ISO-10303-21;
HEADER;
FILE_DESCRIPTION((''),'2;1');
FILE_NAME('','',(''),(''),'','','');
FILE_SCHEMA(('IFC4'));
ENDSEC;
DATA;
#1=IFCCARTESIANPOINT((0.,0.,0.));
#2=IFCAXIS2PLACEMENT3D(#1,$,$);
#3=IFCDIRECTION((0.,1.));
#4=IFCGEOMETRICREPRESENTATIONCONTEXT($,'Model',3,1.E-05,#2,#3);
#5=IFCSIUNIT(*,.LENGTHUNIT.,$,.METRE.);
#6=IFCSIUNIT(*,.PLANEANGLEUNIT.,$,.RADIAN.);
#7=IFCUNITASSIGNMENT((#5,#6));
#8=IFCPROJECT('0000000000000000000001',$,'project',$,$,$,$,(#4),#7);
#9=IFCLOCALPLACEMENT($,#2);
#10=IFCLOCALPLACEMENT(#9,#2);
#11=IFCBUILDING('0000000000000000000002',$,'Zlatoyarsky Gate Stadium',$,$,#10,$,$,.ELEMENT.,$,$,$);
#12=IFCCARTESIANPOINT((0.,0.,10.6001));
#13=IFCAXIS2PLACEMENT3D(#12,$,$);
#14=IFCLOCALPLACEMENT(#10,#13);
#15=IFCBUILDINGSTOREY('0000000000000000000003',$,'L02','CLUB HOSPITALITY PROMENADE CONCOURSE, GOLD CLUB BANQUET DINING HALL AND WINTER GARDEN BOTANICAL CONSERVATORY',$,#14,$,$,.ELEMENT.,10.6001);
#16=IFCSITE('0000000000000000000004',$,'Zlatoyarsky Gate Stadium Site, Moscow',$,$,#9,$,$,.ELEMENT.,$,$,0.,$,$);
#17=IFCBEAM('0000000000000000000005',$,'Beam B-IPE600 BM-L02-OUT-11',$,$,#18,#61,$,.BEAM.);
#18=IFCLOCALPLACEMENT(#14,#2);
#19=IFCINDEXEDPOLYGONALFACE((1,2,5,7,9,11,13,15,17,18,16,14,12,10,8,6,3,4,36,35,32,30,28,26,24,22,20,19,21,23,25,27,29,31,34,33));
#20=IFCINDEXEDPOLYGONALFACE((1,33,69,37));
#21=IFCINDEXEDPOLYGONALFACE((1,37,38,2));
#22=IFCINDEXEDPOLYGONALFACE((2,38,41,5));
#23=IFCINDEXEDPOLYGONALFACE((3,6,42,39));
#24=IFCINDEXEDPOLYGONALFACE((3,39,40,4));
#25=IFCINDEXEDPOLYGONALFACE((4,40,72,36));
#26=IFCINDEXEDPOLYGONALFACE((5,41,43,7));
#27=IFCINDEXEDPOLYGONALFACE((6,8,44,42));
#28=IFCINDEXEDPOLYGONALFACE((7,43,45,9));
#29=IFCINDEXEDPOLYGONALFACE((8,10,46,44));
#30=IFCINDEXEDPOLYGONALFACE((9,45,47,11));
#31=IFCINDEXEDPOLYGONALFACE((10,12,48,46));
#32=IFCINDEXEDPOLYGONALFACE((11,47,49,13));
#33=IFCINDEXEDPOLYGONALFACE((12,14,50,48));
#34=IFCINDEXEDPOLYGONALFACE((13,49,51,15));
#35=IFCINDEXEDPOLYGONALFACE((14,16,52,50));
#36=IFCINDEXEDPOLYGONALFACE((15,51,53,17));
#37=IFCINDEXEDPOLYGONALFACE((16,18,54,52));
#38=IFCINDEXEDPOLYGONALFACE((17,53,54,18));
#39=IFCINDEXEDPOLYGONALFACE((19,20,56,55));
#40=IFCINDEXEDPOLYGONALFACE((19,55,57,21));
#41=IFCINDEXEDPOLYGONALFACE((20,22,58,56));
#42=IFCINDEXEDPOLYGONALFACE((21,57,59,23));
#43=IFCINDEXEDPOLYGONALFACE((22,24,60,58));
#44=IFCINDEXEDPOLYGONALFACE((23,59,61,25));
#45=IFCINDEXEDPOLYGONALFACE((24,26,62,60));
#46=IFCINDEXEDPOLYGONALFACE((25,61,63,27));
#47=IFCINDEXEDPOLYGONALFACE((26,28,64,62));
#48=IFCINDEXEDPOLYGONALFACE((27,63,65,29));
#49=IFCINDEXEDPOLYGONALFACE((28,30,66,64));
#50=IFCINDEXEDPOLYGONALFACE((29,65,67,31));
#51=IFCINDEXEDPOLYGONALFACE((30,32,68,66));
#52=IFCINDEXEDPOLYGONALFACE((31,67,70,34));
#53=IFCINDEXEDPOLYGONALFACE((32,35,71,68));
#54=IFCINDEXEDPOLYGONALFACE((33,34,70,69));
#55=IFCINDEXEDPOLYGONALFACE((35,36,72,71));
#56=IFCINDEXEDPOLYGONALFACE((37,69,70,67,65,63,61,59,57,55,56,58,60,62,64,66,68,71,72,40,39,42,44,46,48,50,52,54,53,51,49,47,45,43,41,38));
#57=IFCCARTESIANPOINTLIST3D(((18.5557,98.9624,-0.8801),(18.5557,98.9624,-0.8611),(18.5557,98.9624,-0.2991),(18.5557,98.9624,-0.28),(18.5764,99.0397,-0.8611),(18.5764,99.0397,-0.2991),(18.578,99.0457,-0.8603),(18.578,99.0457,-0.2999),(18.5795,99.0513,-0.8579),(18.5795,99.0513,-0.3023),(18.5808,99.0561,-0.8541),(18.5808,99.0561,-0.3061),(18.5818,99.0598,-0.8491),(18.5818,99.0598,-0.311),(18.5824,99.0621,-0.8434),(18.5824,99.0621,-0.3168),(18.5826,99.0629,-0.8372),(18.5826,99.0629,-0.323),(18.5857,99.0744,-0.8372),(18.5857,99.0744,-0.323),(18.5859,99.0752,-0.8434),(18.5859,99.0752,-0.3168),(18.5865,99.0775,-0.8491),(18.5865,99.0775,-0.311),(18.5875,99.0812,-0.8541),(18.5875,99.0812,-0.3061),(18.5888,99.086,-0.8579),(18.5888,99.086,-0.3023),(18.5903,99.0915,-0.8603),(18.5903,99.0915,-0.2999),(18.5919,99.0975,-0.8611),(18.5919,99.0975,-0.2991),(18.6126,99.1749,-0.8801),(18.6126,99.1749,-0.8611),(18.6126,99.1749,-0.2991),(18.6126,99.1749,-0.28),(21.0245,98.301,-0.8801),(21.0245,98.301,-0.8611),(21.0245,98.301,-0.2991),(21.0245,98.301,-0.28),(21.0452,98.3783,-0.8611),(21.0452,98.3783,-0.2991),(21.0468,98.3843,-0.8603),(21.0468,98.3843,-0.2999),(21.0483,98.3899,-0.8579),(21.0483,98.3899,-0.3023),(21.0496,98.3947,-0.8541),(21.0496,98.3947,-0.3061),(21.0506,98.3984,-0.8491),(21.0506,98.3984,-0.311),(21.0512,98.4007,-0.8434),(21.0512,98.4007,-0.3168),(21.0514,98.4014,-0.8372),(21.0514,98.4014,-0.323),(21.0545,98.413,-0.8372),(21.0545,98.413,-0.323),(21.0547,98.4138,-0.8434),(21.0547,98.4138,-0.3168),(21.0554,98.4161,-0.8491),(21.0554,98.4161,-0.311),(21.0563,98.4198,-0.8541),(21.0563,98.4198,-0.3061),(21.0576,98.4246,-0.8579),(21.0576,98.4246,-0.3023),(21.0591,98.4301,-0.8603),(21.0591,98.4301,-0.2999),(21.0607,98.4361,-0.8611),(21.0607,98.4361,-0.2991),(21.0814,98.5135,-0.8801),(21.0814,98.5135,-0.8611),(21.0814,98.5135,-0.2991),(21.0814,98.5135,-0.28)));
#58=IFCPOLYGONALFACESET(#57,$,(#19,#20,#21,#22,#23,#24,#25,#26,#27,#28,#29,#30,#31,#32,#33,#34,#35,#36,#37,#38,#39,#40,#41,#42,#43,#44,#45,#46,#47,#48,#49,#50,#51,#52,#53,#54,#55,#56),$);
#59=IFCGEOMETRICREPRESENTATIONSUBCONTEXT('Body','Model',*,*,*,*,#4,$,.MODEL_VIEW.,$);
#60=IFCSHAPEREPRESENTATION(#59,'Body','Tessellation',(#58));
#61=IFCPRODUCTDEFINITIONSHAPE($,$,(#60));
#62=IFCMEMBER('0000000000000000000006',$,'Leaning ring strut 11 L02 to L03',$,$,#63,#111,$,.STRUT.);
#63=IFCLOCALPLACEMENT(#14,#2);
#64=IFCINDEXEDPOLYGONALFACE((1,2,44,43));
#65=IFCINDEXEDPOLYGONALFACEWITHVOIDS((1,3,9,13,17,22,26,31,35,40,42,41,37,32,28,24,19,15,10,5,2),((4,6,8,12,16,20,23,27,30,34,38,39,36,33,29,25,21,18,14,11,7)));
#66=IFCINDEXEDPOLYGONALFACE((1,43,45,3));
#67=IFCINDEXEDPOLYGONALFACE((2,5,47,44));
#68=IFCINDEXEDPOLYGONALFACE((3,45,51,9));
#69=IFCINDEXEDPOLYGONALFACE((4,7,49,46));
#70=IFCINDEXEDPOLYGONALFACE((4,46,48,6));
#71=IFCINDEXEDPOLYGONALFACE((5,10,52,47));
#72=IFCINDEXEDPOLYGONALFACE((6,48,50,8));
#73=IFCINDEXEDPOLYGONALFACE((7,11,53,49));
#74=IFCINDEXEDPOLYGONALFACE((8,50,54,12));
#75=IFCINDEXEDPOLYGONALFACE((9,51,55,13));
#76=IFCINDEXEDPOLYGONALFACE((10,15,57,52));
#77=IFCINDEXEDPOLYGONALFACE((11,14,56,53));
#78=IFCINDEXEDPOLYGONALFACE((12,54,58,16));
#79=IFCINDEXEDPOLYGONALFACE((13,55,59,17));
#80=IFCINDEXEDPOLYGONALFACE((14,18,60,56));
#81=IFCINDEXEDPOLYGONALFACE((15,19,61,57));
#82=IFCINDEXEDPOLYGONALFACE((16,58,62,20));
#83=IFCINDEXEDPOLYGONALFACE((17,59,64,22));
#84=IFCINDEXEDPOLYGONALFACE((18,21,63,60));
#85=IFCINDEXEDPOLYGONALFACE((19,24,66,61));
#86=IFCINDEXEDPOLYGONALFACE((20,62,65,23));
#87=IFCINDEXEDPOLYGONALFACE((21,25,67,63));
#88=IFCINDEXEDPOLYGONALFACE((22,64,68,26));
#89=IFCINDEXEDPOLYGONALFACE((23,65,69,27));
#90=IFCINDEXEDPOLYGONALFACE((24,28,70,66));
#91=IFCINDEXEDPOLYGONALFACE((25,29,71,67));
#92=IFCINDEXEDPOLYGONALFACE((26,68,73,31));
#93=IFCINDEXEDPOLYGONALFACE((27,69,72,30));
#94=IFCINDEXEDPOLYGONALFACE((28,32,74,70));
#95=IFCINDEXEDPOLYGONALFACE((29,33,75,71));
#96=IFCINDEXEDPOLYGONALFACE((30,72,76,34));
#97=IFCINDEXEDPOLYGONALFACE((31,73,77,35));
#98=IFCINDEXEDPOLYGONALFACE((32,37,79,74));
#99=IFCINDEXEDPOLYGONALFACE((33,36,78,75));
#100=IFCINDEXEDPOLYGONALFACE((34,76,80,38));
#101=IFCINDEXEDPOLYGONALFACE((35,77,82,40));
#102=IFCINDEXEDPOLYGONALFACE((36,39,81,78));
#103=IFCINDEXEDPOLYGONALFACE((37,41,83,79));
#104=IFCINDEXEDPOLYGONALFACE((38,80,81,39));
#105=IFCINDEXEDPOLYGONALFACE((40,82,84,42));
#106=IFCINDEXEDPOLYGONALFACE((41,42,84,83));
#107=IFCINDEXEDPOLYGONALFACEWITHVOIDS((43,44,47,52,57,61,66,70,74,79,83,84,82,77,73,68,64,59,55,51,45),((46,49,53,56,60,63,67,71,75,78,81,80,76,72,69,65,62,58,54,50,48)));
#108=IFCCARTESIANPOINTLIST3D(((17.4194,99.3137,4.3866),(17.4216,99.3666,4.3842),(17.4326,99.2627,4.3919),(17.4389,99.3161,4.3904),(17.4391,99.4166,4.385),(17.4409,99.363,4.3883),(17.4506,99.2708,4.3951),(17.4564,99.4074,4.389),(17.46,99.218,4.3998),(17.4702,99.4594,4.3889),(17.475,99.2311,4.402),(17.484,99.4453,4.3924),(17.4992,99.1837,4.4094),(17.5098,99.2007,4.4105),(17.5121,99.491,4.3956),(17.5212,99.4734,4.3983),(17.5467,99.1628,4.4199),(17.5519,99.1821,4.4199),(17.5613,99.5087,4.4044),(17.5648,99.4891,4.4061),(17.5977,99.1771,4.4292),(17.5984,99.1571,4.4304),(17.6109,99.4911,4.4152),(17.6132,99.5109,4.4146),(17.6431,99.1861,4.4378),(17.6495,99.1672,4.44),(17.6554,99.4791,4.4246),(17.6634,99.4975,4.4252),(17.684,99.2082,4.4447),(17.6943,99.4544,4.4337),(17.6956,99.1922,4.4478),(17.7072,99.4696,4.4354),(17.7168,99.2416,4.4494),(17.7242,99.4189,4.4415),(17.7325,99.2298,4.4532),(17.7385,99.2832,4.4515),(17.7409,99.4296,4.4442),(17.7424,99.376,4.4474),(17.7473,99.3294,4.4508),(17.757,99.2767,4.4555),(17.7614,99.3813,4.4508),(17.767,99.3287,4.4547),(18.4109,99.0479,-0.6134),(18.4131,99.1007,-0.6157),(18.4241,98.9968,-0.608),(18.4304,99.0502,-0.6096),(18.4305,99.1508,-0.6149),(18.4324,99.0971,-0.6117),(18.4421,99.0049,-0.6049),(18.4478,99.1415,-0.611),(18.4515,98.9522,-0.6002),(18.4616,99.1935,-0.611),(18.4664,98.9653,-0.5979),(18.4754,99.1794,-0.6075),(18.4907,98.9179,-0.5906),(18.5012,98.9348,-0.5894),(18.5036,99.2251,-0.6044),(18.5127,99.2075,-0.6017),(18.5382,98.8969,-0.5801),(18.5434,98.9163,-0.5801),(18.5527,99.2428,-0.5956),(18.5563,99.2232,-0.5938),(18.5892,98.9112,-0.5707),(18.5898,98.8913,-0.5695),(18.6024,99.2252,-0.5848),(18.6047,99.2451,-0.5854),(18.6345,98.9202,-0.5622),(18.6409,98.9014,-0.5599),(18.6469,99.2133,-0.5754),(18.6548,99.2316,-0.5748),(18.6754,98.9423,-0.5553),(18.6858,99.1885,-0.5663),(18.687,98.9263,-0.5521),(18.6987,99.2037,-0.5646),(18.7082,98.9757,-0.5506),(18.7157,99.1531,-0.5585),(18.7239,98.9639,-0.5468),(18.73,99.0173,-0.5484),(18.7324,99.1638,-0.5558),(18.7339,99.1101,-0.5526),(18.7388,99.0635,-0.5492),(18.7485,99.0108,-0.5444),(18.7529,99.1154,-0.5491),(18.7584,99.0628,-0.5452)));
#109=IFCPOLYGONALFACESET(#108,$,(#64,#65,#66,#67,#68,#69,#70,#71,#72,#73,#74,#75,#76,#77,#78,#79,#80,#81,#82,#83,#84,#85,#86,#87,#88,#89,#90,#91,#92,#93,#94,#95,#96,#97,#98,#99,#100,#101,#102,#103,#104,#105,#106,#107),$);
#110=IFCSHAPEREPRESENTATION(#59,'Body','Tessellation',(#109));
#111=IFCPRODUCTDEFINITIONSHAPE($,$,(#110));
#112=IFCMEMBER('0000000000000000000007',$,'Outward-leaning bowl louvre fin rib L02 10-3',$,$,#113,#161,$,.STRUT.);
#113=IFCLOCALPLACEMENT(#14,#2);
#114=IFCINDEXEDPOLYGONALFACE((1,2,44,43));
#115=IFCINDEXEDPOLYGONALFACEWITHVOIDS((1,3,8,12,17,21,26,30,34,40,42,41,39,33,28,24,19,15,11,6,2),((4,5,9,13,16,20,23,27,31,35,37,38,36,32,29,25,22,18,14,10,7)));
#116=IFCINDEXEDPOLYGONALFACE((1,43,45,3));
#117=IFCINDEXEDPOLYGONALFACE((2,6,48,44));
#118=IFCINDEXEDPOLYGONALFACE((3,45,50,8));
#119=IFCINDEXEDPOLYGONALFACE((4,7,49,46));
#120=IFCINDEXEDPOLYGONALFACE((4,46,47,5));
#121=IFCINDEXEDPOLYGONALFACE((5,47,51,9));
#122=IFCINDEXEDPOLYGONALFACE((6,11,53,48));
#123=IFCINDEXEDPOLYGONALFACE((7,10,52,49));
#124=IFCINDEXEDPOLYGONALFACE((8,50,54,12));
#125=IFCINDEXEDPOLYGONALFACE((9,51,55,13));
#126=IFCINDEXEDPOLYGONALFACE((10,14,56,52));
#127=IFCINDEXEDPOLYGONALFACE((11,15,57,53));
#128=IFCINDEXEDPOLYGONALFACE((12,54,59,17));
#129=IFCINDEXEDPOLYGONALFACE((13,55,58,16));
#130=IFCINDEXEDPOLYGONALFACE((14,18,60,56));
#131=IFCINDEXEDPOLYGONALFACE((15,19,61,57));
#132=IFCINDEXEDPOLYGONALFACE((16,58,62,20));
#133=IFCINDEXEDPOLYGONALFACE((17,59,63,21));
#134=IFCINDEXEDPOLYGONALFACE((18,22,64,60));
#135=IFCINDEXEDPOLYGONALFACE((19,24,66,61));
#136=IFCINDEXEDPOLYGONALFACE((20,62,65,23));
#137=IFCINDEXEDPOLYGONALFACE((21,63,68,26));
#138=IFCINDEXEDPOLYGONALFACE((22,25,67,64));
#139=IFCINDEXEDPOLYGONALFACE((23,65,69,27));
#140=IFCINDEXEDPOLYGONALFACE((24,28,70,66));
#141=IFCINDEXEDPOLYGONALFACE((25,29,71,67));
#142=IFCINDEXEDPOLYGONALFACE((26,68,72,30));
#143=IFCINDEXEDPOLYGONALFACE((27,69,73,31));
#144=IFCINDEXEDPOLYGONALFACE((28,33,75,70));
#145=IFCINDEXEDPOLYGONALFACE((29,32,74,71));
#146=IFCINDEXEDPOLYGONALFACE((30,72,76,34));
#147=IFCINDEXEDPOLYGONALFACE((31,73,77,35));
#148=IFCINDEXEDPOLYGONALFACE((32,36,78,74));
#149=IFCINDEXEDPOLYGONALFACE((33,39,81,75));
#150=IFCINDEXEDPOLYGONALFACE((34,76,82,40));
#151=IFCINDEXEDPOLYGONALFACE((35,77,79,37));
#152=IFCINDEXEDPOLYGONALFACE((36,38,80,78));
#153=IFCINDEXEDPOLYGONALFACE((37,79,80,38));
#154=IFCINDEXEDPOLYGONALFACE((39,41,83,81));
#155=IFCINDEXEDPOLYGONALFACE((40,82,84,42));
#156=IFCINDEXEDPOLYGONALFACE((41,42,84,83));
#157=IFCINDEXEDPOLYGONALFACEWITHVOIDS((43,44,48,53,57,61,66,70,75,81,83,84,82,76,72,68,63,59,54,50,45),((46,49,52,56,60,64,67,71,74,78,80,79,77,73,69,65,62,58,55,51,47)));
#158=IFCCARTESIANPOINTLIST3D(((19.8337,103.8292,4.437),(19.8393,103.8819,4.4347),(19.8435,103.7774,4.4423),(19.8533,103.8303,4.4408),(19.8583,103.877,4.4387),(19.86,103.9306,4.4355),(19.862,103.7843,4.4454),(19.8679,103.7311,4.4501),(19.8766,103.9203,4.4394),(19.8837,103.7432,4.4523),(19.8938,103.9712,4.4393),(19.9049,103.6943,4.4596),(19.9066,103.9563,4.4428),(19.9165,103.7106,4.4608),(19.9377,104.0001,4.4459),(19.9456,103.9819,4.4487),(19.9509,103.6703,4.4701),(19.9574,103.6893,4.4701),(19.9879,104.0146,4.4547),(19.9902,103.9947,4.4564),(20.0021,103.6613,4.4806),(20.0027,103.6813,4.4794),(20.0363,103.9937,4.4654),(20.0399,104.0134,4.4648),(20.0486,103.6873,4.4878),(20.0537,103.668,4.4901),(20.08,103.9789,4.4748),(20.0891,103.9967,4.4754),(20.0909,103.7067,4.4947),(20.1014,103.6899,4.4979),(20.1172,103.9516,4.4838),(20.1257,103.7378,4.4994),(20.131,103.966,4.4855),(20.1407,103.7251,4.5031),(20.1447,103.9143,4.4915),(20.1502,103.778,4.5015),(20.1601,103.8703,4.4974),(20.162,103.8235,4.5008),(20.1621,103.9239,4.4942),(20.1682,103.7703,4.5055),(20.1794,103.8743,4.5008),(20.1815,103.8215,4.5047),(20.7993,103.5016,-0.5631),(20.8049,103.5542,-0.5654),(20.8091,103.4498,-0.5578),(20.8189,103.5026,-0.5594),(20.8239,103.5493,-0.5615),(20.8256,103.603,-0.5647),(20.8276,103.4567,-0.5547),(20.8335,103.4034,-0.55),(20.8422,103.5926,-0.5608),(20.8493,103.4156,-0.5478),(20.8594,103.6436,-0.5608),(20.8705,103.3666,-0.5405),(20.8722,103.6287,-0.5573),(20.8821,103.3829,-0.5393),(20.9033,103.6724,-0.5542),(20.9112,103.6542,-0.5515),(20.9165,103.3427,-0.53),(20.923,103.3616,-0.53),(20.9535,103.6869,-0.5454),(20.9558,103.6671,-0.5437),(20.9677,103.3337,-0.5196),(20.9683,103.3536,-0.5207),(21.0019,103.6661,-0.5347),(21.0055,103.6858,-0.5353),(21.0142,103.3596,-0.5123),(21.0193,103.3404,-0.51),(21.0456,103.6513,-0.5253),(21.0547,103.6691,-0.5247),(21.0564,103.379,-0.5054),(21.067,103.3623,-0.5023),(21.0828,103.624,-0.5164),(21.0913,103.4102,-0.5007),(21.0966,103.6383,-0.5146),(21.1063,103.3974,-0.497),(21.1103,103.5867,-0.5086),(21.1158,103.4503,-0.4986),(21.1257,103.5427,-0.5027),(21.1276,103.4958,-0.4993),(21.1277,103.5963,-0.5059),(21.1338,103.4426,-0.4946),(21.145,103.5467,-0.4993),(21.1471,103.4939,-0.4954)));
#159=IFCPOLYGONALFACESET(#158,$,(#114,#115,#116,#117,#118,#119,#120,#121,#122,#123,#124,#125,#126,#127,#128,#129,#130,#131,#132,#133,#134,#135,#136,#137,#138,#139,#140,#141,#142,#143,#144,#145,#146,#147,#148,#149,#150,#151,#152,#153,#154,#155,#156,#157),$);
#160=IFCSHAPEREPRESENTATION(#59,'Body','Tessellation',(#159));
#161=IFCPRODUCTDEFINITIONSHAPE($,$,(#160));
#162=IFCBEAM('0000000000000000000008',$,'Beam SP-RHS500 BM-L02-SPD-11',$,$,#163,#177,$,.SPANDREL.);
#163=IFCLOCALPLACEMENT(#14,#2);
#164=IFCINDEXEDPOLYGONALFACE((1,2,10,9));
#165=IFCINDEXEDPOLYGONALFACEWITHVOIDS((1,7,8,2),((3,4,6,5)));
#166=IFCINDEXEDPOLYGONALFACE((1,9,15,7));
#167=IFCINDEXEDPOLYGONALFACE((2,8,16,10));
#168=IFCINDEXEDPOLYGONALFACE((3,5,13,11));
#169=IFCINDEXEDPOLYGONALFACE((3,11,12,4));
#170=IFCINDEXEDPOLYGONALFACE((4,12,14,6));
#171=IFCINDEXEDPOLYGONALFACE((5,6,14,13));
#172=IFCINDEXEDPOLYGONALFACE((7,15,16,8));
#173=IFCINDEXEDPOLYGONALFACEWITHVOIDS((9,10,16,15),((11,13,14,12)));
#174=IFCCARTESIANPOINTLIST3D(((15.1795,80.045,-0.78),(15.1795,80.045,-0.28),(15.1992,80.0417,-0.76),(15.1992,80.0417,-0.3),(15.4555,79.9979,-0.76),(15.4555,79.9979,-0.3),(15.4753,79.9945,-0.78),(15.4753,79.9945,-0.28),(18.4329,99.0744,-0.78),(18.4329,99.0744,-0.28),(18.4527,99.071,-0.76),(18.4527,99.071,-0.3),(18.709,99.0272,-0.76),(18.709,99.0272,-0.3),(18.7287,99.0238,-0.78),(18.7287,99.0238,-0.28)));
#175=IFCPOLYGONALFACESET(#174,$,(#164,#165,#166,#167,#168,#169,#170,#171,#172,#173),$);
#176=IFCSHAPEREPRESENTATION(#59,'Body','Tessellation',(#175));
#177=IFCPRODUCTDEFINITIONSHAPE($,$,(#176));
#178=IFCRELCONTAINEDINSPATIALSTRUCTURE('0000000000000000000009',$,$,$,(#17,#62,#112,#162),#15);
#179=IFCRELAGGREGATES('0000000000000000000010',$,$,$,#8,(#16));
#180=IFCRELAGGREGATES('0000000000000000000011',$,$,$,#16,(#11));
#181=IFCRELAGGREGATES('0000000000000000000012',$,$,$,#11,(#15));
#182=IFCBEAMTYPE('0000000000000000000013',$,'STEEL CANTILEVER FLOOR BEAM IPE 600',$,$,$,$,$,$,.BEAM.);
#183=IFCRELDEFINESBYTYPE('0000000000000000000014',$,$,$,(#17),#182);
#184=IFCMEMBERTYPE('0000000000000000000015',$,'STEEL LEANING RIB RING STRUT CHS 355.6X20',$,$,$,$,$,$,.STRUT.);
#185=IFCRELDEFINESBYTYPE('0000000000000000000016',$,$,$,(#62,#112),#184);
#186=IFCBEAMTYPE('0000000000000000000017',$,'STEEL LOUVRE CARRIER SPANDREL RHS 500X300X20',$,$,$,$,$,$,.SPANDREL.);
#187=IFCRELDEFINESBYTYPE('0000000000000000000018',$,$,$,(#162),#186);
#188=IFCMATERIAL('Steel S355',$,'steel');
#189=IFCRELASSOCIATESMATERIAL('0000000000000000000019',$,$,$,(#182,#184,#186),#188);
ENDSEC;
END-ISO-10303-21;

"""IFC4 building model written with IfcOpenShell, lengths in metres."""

from ifc_helpers import new_model, si_unit, direction, frame, origin, origin_2d, place, context, subcontext, project, spatial, hollow_rectangle, hollow_circle, i_section, extrude, material, material_profile, profile_set, type_object, element, save


model = new_model("IFC4")

# Units and contexts
model_context = context("Model", 3, precision=1e-05, world=origin(), true_north=direction((0.0, 1.0)))
body_context = subcontext(model_context, "Body", "Model", "MODEL_VIEW")
ifc_project = project(units=[si_unit("LENGTHUNIT", "METRE"), si_unit("PLANEANGLEUNIT", "RADIAN")], contexts=[model_context])

# Site, building, storey
site_placement = place(None, origin())
site = spatial("IfcSite", under=ifc_project, at=site_placement, Name="Zlatoyarsky Gate Stadium Site, Moscow", CompositionType="ELEMENT", RefElevation=0.0)
building_placement = place(site_placement, origin())
building = spatial("IfcBuilding", under=site, at=building_placement, Name="Zlatoyarsky Gate Stadium", CompositionType="ELEMENT")
storey_placement = place(building_placement, frame((0.0, 0.0, 10.6001)))
storey = spatial("IfcBuildingStorey", under=building, at=storey_placement, Name="L02", Description="CLUB HOSPITALITY PROMENADE CONCOURSE, GOLD CLUB BANQUET DINING HALL AND WINTER GARDEN BOTANICAL CONSERVATORY", CompositionType="ELEMENT", Elevation=10.6001)

# Shared definitions
ifc_material_1 = material(Name="Steel S355", Category="steel")

# Beam
ifc_material_profile_1 = material_profile(ifc_material_1, i_section(OverallWidth=0.22, OverallDepth=0.6001, WebThickness=0.012, FlangeThickness=0.019, FilletRadius=0.0239, at=origin_2d()), Name="IPE 600")
ifc_profile_set_1 = profile_set([ifc_material_profile_1], Name="Steel S355")
beam_type_1 = type_object("IfcBeamType", Name="STEEL CANTILEVER FLOOR BEAM IPE 600", PredefinedType="BEAM", material=ifc_profile_set_1)
beam_1_placement = place(storey_placement, frame((21.053, 98.4072, -0.5801), z_axis=(-0.965938, 0.258774, 0.0), x_axis=(-0.258774, -0.965938, 0.0)))
element("IfcBeam", 1, at=beam_1_placement, inside=storey, type_object=beam_type_1, Name="Beam B-IPE600 BM-L02-OUT-11", PredefinedType="BEAM", context=body_context, shape_type="SweptSolid", body=[
    extrude(i_section(OverallWidth=0.22, OverallDepth=0.6001, WebThickness=0.012, FlangeThickness=0.019, FilletRadius=0.0239, at=origin_2d()), origin(), (0.0, 0.0, 1.0), 2.5559),
])

# Members
ifc_material_profile_2 = material_profile(ifc_material_1, hollow_circle(Radius=0.1777, WallThickness=0.02, at=origin_2d()), Name="CHS 355.6X20")
ifc_profile_set_2 = profile_set([ifc_material_profile_2], Name="Steel S355")
member_type_1 = type_object("IfcMemberType", Name="STEEL LEANING RIB RING STRUT CHS 355.6X20", PredefinedType="STRUT", material=ifc_profile_set_2)
member_1_placement = place(storey_placement, frame((18.5842, 99.0686, -0.5801), z_axis=(-0.19424, 0.052087, 0.97957), x_axis=(-0.25901, -0.965875, 0.0)))
element("IfcMember", 2, at=member_1_placement, inside=storey, type_object=member_type_1, Name="Leaning ring strut 11 L02 to L03", PredefinedType="STRUT", context=body_context, shape_type="SweptSolid", body=[
    extrude(hollow_circle(Radius=0.1777, WallThickness=0.02, at=origin_2d()), origin(), (0.0, 0.0, 1.0), 5.1042),
])
member_2_placement = place(storey_placement, frame((20.9736, 103.511, -0.53), z_axis=(-0.189221, 0.064206, 0.979833), x_axis=(-0.321323, -0.94697, 0.0)))
element("IfcMember", 3, at=member_2_placement, inside=storey, type_object=member_type_1, Name="Outward-leaning bowl louvre fin rib L02 10-3", PredefinedType="STRUT", context=body_context, shape_type="SweptSolid", body=[
    extrude(hollow_circle(Radius=0.1777, WallThickness=0.02, at=origin_2d()), origin(), (0.0, 0.0, 1.0), 5.103),
])

# Beam
ifc_material_profile_3 = material_profile(ifc_material_1, hollow_rectangle(XDim=0.3, YDim=0.5, WallThickness=0.02, at=origin_2d()), Name="RHS 500X300X20")
ifc_profile_set_3 = profile_set([ifc_material_profile_3], Name="Steel S355")
beam_type_2 = type_object("IfcBeamType", Name="STEEL LOUVRE CARRIER SPANDREL RHS 500X300X20", PredefinedType="SPANDREL", material=ifc_profile_set_3)
beam_2_placement = place(storey_placement, frame((18.5808, 99.0491, -0.53), z_axis=(-0.168524, -0.985698, 0.0), x_axis=(0.985698, -0.168524, 0.0)))
element("IfcBeam", 4, at=beam_2_placement, inside=storey, type_object=beam_type_2, Name="Beam SP-RHS500 BM-L02-SPD-11", PredefinedType="SPANDREL", context=body_context, shape_type="SweptSolid", body=[
    extrude(hollow_rectangle(XDim=0.3, YDim=0.5, WallThickness=0.02, at=origin_2d()), origin(), (0.0, 0.0, 1.0), 19.3054),
])

save(model, "model.ifc")
